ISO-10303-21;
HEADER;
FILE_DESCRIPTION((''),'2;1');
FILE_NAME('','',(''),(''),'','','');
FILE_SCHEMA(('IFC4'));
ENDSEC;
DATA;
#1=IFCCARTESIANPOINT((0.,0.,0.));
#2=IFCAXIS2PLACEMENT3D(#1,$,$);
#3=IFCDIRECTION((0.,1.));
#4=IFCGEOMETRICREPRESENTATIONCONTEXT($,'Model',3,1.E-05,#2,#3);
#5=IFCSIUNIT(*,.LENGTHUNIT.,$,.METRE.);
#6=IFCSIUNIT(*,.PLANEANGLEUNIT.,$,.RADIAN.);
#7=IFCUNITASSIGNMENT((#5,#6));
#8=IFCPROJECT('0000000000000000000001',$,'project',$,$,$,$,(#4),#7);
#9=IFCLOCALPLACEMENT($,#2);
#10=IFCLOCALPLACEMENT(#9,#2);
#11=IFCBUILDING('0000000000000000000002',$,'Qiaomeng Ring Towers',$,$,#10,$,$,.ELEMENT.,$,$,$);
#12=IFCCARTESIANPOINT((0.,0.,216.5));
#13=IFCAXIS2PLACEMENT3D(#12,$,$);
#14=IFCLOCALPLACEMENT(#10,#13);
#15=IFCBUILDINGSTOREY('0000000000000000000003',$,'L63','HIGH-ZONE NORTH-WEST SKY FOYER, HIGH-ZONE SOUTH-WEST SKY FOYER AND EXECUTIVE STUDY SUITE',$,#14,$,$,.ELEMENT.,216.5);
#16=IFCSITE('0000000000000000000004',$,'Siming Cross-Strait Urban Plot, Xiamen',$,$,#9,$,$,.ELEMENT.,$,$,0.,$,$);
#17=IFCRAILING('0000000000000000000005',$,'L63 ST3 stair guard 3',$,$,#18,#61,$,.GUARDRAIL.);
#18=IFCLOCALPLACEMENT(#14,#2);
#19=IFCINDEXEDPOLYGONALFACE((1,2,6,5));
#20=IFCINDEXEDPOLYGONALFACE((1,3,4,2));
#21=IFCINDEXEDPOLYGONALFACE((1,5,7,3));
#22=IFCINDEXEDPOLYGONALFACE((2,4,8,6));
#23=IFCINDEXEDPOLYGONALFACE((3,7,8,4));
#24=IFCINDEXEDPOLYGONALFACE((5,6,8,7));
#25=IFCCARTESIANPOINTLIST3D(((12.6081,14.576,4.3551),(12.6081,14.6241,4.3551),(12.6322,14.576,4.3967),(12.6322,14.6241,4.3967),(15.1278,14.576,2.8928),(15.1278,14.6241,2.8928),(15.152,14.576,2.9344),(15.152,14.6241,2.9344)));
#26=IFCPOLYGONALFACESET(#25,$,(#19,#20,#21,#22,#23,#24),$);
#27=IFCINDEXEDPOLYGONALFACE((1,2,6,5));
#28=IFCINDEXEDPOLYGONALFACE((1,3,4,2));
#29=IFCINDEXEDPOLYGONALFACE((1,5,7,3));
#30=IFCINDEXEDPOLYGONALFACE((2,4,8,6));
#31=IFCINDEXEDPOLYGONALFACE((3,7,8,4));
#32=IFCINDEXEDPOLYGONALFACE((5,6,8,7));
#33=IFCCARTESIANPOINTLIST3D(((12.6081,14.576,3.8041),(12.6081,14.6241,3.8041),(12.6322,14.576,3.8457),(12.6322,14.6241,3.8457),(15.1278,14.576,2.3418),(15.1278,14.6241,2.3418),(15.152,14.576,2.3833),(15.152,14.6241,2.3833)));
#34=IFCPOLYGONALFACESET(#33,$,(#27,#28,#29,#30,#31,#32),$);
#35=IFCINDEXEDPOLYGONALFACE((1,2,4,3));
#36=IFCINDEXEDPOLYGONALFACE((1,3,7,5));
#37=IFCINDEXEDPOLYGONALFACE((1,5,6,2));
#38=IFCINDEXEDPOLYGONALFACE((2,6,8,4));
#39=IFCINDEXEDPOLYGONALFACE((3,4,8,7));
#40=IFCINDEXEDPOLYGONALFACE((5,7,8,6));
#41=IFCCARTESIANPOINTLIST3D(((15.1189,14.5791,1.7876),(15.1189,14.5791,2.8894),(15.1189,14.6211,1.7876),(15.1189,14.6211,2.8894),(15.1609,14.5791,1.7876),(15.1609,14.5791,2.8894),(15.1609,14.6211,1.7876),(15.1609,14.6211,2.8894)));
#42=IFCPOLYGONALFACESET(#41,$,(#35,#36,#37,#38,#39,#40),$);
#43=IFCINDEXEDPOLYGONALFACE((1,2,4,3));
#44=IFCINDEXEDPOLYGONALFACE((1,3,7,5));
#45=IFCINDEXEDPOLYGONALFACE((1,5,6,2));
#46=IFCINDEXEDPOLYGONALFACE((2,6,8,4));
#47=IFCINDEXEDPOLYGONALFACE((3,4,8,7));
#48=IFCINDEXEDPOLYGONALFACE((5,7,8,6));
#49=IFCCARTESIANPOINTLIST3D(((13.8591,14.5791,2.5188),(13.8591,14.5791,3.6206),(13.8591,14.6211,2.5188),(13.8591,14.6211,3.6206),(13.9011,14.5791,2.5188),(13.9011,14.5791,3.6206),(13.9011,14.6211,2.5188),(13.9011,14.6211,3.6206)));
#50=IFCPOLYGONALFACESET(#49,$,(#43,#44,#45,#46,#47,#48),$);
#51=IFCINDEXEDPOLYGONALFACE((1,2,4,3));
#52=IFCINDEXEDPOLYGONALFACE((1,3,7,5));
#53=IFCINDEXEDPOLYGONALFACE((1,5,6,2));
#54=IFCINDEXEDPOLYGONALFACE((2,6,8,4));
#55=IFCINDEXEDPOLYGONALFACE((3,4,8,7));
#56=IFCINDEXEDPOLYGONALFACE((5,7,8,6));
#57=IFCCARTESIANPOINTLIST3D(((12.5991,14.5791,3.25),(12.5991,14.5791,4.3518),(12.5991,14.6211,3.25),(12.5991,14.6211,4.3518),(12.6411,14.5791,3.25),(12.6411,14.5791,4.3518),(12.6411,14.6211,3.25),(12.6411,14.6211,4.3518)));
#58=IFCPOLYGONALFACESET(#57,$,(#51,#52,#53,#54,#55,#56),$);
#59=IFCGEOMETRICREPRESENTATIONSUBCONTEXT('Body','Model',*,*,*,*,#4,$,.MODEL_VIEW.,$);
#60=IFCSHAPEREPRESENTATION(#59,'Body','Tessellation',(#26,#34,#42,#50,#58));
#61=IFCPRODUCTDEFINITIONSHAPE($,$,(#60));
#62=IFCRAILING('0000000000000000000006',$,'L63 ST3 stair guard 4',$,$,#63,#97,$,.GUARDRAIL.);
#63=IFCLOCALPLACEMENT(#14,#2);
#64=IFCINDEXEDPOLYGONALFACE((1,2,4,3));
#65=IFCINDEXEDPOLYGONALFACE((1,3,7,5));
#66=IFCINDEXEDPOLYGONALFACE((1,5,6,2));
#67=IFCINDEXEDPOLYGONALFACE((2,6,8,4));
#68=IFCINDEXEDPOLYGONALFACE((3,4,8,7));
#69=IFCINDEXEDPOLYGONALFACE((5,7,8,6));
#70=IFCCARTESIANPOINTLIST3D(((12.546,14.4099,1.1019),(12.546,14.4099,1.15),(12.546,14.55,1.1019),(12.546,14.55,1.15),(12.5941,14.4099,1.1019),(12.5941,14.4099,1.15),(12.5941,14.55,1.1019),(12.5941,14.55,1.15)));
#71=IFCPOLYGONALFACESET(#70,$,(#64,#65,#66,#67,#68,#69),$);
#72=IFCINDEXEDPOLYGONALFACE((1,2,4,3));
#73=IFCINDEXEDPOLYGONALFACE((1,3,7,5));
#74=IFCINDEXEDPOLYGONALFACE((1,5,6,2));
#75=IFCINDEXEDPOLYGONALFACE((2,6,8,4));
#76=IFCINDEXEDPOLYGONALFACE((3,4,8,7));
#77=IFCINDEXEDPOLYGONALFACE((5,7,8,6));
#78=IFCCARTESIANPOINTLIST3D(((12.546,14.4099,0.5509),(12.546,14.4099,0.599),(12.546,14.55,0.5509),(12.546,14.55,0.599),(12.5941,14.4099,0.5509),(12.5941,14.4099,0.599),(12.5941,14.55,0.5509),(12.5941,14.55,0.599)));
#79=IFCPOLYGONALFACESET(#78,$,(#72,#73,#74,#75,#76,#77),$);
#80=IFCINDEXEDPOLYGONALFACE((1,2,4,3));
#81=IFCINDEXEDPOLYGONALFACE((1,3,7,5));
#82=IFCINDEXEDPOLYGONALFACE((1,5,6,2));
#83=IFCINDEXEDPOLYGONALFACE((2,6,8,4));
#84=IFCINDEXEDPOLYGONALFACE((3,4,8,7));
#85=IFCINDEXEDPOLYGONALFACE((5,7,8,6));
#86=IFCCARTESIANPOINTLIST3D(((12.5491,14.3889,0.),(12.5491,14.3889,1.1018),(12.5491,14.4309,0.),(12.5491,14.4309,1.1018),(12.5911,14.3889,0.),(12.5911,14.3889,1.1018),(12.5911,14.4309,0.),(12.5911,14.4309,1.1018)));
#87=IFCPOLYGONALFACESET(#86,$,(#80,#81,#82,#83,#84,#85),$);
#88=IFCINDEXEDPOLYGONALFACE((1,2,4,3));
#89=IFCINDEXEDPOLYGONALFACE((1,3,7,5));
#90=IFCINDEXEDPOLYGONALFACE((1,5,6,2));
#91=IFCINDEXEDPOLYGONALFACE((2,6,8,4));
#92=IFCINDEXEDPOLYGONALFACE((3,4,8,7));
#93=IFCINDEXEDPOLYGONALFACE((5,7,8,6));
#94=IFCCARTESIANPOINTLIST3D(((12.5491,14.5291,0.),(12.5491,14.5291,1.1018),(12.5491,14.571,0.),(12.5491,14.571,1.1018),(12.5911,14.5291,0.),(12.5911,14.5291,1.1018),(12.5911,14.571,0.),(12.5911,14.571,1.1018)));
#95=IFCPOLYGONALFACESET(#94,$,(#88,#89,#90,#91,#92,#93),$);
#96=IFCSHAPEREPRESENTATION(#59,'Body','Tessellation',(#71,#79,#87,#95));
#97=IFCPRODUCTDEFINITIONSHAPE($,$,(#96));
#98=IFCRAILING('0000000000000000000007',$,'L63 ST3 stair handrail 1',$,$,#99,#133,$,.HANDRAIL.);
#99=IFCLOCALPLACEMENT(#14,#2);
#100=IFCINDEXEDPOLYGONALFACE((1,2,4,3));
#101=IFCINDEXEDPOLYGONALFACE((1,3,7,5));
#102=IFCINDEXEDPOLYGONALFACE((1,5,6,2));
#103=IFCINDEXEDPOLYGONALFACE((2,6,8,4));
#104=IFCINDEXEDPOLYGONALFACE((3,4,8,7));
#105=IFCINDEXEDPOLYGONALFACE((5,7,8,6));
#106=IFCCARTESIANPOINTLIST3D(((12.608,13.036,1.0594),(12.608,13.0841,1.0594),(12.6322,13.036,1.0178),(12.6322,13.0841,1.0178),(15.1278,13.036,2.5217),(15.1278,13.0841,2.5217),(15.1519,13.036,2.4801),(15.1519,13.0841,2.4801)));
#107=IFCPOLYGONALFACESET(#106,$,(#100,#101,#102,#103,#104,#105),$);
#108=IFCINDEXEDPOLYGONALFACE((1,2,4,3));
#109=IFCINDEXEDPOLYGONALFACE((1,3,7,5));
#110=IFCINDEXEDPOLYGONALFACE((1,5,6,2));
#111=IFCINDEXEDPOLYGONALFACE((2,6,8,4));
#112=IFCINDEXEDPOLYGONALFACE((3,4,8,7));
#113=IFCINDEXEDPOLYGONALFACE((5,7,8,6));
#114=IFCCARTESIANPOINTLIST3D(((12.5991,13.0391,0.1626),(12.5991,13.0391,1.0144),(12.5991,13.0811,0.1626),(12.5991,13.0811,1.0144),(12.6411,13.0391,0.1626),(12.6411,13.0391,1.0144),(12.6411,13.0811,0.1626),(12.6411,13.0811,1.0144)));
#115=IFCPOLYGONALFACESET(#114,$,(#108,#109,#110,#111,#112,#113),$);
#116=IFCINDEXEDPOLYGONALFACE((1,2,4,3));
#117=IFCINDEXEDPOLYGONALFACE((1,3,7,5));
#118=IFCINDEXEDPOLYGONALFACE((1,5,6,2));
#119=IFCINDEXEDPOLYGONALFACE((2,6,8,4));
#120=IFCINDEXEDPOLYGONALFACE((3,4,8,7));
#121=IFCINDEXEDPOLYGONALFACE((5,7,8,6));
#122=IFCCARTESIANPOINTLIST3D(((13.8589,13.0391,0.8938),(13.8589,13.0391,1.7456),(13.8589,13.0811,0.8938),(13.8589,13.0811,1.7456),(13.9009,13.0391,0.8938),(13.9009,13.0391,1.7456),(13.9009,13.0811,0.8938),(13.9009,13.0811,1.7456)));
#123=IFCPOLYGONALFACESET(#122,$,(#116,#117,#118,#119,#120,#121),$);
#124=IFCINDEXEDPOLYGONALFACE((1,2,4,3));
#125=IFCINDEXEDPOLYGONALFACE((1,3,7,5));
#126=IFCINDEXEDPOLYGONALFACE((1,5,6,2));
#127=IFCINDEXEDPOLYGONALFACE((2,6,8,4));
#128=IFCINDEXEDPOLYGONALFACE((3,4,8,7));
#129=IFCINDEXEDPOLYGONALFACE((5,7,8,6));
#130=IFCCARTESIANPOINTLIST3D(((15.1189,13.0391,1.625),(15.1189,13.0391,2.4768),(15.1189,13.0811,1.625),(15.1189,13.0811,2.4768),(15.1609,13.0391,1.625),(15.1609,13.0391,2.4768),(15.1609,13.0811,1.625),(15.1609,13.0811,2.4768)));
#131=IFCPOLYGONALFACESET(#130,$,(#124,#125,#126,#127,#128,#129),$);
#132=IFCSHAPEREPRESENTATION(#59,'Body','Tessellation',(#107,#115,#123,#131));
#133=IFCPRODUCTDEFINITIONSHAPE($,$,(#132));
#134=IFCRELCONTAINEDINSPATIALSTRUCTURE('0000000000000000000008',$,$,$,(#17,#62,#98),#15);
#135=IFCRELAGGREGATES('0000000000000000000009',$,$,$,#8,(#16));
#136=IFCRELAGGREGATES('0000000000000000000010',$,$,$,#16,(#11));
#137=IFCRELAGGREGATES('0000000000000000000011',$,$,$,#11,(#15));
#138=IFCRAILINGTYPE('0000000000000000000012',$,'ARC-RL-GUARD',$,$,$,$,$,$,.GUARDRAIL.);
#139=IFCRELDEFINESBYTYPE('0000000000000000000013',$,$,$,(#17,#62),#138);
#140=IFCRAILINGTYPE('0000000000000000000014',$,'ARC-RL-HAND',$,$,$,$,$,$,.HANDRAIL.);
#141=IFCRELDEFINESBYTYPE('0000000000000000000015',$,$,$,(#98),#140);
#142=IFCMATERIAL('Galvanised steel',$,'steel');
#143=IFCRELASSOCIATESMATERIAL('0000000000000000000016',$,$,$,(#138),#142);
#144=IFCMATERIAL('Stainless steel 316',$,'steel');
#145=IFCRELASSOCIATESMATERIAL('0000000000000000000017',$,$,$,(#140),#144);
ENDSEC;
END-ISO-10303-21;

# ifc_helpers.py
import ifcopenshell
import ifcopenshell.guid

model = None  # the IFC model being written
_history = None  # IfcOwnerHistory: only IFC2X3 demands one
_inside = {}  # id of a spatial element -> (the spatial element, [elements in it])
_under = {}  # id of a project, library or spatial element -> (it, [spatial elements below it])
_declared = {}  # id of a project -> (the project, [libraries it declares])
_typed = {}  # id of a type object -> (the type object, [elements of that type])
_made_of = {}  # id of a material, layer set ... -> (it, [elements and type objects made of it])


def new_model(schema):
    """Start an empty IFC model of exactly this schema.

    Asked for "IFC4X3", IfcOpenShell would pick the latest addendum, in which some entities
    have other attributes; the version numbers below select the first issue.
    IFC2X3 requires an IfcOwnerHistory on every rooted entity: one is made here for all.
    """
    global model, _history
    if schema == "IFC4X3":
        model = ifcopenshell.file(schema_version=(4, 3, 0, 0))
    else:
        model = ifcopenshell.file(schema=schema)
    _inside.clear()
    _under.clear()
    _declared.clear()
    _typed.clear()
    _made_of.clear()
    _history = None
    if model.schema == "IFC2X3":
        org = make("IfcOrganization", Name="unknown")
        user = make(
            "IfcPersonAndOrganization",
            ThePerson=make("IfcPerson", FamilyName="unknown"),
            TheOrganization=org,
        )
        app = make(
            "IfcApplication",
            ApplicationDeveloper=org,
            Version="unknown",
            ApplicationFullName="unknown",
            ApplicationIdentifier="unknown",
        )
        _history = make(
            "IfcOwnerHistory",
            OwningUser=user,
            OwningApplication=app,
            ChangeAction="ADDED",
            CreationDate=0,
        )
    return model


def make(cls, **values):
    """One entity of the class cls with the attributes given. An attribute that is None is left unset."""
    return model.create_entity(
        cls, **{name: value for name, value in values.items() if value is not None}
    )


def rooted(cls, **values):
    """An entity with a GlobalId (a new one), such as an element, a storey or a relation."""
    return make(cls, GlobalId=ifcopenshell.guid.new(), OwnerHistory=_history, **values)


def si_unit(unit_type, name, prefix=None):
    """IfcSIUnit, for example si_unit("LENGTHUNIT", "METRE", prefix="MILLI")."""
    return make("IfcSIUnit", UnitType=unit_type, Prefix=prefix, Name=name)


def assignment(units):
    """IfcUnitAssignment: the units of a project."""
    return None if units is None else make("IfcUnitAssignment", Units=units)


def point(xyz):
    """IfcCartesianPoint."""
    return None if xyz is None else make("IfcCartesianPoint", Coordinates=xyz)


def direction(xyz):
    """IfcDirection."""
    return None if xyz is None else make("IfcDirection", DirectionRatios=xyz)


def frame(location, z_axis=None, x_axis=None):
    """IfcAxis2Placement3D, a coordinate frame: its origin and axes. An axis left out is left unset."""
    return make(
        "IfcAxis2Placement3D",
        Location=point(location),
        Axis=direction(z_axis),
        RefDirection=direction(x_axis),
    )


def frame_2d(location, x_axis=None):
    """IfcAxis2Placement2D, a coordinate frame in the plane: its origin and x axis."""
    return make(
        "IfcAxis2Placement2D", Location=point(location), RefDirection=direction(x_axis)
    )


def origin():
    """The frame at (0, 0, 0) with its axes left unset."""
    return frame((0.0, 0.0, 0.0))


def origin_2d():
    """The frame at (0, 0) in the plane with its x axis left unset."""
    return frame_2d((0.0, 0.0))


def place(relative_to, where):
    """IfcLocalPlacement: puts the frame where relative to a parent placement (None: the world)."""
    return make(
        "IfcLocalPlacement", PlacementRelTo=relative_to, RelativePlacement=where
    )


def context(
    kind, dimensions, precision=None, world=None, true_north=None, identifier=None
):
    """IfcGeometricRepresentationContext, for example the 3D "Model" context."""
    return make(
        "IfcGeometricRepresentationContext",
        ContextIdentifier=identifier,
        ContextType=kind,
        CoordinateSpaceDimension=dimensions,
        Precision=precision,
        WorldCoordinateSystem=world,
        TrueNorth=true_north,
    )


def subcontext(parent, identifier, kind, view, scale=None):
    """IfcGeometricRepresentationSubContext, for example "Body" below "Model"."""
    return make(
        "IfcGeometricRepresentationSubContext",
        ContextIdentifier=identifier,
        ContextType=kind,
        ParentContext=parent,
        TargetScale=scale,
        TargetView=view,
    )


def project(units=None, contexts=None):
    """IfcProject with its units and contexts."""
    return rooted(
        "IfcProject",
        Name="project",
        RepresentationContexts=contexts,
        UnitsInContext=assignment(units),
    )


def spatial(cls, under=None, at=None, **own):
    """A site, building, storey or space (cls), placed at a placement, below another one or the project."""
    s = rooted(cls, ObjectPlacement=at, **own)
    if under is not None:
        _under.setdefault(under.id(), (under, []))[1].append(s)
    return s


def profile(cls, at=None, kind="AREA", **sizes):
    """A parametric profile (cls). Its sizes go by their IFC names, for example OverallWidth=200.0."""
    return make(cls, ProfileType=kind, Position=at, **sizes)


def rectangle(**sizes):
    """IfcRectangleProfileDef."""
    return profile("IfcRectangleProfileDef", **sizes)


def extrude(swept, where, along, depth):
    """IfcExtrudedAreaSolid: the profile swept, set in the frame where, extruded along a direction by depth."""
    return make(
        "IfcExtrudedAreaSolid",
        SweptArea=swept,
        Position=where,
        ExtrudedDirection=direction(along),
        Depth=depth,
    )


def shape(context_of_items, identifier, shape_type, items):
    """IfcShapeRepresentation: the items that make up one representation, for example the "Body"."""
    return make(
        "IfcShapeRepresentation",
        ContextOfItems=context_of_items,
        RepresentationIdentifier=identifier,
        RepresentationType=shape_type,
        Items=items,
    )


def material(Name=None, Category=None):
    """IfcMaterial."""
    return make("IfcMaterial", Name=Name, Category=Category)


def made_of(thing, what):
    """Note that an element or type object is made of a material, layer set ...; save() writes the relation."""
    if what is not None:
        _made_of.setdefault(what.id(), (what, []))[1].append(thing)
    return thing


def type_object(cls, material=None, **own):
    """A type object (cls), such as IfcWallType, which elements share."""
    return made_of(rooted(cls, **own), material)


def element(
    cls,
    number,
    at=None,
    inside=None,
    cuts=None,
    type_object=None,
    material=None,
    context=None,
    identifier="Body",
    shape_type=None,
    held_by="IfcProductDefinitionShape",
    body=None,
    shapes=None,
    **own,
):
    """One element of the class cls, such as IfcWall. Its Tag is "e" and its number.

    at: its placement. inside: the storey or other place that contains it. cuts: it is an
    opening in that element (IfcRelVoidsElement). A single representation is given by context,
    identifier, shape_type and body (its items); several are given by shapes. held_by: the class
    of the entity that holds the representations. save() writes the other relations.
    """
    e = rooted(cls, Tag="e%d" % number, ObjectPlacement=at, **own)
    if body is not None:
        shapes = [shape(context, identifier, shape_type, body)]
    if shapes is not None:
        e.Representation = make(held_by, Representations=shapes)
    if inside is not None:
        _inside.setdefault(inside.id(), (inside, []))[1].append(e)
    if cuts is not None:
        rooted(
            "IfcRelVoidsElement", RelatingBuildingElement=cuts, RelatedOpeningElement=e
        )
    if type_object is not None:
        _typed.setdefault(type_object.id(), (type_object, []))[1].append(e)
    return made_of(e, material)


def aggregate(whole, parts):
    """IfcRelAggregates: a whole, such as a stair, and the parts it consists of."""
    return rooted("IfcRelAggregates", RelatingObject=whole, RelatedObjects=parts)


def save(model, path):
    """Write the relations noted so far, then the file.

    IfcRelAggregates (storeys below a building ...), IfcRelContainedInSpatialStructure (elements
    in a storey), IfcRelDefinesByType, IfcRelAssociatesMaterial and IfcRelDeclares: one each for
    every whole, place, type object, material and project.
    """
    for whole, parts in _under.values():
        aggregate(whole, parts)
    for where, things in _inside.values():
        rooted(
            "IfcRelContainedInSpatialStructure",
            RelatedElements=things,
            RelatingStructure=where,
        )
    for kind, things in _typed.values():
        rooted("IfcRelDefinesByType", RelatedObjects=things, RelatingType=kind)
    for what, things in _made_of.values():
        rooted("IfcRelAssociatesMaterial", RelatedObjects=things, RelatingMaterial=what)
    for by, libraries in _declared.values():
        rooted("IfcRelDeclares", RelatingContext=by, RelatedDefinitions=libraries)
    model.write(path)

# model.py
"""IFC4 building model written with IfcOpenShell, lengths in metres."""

from ifc_helpers import new_model, si_unit, direction, frame, origin, origin_2d, place, context, subcontext, project, spatial, rectangle, extrude, material, type_object, element, save


model = new_model("IFC4")

# Units and contexts
model_context = context("Model", 3, precision=1e-05, world=origin(), true_north=direction((0.0, 1.0)))
body_context = subcontext(model_context, "Body", "Model", "MODEL_VIEW")
ifc_project = project(units=[si_unit("LENGTHUNIT", "METRE"), si_unit("PLANEANGLEUNIT", "RADIAN")], contexts=[model_context])

# Site, building, storey
site_placement = place(None, origin())
site = spatial("IfcSite", under=ifc_project, at=site_placement, Name="Siming Cross-Strait Urban Plot, Xiamen", CompositionType="ELEMENT", RefElevation=0.0)
building_placement = place(site_placement, origin())
building = spatial("IfcBuilding", under=site, at=building_placement, Name="Qiaomeng Ring Towers", CompositionType="ELEMENT")
storey_placement = place(building_placement, frame((0.0, 0.0, 216.5)))
storey = spatial("IfcBuildingStorey", under=building, at=storey_placement, Name="L63", Description="HIGH-ZONE NORTH-WEST SKY FOYER, HIGH-ZONE SOUTH-WEST SKY FOYER AND EXECUTIVE STUDY SUITE", CompositionType="ELEMENT", Elevation=216.5)

# Shared definitions
ifc_material_1 = material(Name="Galvanised steel", Category="steel")

# Railings
railing_type_1 = type_object("IfcRailingType", Name="ARC-RL-GUARD", PredefinedType="GUARDRAIL", material=ifc_material_1)
railing_1_placement = place(storey_placement, frame((15.1399, 14.6001, 1.7876)))
element("IfcRailing", 1, at=railing_1_placement, inside=storey, type_object=railing_type_1, Name="L63 ST3 stair guard 3", PredefinedType="GUARDRAIL", context=body_context, shape_type="SweptSolid", body=[
    extrude(rectangle(XDim=0.0481, YDim=0.0481, at=origin_2d()), frame((0.0, 0.0, 1.126), z_axis=(-0.864892, 0.0, 0.501958), x_axis=(0.0, -1.0, 0.0)), (0.0, 0.0, 1.0), 2.9133),
    extrude(rectangle(XDim=0.0481, YDim=0.0481, at=origin_2d()), frame((0.0, 0.0, 0.575), z_axis=(-0.864892, 0.0, 0.501958), x_axis=(0.0, -1.0, 0.0)), (0.0, 0.0, 1.0), 2.9133),
    extrude(rectangle(XDim=0.042, YDim=0.042, at=origin_2d()), origin(), (0.0, 0.0, 1.0), 1.1018),
    extrude(rectangle(XDim=0.042, YDim=0.042, at=origin_2d()), frame((-1.2598, 0.0, 0.7312)), (0.0, 0.0, 1.0), 1.1018),
    extrude(rectangle(XDim=0.042, YDim=0.042, at=origin_2d()), frame((-2.5198, 0.0, 1.4624)), (0.0, 0.0, 1.0), 1.1018),
])
railing_2_placement = place(storey_placement, frame((12.5701, 14.4099, 0.0)))
element("IfcRailing", 2, at=railing_2_placement, inside=storey, type_object=railing_type_1, Name="L63 ST3 stair guard 4", PredefinedType="GUARDRAIL", context=body_context, shape_type="SweptSolid", body=[
    extrude(rectangle(XDim=0.0481, YDim=0.0481, at=origin_2d()), frame((0.0, 0.0, 1.126), z_axis=(0.0, 1.0, 0.0), x_axis=(-1.0, 0.0, 0.0)), (0.0, 0.0, 1.0), 0.1401),
    extrude(rectangle(XDim=0.0481, YDim=0.0481, at=origin_2d()), frame((0.0, 0.0, 0.575), z_axis=(0.0, 1.0, 0.0), x_axis=(-1.0, 0.0, 0.0)), (0.0, 0.0, 1.0), 0.1401),
    extrude(rectangle(XDim=0.042, YDim=0.042, at=origin_2d()), origin(), (0.0, 0.0, 1.0), 1.1018),
    extrude(rectangle(XDim=0.042, YDim=0.042, at=origin_2d()), frame((0.0, 0.1401, 0.0)), (0.0, 0.0, 1.0), 1.1018),
])
ifc_material_2 = material(Name="Stainless steel 316", Category="steel")
railing_type_2 = type_object("IfcRailingType", Name="ARC-RL-HAND", PredefinedType="HANDRAIL", material=ifc_material_2)
railing_3_placement = place(storey_placement, frame((12.6201, 13.0601, 0.1626)))
element("IfcRailing", 3, at=railing_3_placement, inside=storey, type_object=railing_type_2, Name="L63 ST3 stair handrail 1", PredefinedType="HANDRAIL", context=body_context, shape_type="SweptSolid", body=[
    extrude(rectangle(XDim=0.0481, YDim=0.0481, at=origin_2d()), frame((0.0, 0.0, 0.876), z_axis=(0.864892, 0.0, 0.501958), x_axis=(0.0, 1.0, 0.0)), (0.0, 0.0, 1.0), 2.9133),
    extrude(rectangle(XDim=0.042, YDim=0.042, at=origin_2d()), origin(), (0.0, 0.0, 1.0), 0.8518),
    extrude(rectangle(XDim=0.042, YDim=0.042, at=origin_2d()), frame((1.2598, 0.0, 0.7312)), (0.0, 0.0, 1.0), 0.8518),
    extrude(rectangle(XDim=0.042, YDim=0.042, at=origin_2d()), frame((2.5198, 0.0, 1.4624)), (0.0, 0.0, 1.0), 0.8518),
])

save(model, "model.ifc")
